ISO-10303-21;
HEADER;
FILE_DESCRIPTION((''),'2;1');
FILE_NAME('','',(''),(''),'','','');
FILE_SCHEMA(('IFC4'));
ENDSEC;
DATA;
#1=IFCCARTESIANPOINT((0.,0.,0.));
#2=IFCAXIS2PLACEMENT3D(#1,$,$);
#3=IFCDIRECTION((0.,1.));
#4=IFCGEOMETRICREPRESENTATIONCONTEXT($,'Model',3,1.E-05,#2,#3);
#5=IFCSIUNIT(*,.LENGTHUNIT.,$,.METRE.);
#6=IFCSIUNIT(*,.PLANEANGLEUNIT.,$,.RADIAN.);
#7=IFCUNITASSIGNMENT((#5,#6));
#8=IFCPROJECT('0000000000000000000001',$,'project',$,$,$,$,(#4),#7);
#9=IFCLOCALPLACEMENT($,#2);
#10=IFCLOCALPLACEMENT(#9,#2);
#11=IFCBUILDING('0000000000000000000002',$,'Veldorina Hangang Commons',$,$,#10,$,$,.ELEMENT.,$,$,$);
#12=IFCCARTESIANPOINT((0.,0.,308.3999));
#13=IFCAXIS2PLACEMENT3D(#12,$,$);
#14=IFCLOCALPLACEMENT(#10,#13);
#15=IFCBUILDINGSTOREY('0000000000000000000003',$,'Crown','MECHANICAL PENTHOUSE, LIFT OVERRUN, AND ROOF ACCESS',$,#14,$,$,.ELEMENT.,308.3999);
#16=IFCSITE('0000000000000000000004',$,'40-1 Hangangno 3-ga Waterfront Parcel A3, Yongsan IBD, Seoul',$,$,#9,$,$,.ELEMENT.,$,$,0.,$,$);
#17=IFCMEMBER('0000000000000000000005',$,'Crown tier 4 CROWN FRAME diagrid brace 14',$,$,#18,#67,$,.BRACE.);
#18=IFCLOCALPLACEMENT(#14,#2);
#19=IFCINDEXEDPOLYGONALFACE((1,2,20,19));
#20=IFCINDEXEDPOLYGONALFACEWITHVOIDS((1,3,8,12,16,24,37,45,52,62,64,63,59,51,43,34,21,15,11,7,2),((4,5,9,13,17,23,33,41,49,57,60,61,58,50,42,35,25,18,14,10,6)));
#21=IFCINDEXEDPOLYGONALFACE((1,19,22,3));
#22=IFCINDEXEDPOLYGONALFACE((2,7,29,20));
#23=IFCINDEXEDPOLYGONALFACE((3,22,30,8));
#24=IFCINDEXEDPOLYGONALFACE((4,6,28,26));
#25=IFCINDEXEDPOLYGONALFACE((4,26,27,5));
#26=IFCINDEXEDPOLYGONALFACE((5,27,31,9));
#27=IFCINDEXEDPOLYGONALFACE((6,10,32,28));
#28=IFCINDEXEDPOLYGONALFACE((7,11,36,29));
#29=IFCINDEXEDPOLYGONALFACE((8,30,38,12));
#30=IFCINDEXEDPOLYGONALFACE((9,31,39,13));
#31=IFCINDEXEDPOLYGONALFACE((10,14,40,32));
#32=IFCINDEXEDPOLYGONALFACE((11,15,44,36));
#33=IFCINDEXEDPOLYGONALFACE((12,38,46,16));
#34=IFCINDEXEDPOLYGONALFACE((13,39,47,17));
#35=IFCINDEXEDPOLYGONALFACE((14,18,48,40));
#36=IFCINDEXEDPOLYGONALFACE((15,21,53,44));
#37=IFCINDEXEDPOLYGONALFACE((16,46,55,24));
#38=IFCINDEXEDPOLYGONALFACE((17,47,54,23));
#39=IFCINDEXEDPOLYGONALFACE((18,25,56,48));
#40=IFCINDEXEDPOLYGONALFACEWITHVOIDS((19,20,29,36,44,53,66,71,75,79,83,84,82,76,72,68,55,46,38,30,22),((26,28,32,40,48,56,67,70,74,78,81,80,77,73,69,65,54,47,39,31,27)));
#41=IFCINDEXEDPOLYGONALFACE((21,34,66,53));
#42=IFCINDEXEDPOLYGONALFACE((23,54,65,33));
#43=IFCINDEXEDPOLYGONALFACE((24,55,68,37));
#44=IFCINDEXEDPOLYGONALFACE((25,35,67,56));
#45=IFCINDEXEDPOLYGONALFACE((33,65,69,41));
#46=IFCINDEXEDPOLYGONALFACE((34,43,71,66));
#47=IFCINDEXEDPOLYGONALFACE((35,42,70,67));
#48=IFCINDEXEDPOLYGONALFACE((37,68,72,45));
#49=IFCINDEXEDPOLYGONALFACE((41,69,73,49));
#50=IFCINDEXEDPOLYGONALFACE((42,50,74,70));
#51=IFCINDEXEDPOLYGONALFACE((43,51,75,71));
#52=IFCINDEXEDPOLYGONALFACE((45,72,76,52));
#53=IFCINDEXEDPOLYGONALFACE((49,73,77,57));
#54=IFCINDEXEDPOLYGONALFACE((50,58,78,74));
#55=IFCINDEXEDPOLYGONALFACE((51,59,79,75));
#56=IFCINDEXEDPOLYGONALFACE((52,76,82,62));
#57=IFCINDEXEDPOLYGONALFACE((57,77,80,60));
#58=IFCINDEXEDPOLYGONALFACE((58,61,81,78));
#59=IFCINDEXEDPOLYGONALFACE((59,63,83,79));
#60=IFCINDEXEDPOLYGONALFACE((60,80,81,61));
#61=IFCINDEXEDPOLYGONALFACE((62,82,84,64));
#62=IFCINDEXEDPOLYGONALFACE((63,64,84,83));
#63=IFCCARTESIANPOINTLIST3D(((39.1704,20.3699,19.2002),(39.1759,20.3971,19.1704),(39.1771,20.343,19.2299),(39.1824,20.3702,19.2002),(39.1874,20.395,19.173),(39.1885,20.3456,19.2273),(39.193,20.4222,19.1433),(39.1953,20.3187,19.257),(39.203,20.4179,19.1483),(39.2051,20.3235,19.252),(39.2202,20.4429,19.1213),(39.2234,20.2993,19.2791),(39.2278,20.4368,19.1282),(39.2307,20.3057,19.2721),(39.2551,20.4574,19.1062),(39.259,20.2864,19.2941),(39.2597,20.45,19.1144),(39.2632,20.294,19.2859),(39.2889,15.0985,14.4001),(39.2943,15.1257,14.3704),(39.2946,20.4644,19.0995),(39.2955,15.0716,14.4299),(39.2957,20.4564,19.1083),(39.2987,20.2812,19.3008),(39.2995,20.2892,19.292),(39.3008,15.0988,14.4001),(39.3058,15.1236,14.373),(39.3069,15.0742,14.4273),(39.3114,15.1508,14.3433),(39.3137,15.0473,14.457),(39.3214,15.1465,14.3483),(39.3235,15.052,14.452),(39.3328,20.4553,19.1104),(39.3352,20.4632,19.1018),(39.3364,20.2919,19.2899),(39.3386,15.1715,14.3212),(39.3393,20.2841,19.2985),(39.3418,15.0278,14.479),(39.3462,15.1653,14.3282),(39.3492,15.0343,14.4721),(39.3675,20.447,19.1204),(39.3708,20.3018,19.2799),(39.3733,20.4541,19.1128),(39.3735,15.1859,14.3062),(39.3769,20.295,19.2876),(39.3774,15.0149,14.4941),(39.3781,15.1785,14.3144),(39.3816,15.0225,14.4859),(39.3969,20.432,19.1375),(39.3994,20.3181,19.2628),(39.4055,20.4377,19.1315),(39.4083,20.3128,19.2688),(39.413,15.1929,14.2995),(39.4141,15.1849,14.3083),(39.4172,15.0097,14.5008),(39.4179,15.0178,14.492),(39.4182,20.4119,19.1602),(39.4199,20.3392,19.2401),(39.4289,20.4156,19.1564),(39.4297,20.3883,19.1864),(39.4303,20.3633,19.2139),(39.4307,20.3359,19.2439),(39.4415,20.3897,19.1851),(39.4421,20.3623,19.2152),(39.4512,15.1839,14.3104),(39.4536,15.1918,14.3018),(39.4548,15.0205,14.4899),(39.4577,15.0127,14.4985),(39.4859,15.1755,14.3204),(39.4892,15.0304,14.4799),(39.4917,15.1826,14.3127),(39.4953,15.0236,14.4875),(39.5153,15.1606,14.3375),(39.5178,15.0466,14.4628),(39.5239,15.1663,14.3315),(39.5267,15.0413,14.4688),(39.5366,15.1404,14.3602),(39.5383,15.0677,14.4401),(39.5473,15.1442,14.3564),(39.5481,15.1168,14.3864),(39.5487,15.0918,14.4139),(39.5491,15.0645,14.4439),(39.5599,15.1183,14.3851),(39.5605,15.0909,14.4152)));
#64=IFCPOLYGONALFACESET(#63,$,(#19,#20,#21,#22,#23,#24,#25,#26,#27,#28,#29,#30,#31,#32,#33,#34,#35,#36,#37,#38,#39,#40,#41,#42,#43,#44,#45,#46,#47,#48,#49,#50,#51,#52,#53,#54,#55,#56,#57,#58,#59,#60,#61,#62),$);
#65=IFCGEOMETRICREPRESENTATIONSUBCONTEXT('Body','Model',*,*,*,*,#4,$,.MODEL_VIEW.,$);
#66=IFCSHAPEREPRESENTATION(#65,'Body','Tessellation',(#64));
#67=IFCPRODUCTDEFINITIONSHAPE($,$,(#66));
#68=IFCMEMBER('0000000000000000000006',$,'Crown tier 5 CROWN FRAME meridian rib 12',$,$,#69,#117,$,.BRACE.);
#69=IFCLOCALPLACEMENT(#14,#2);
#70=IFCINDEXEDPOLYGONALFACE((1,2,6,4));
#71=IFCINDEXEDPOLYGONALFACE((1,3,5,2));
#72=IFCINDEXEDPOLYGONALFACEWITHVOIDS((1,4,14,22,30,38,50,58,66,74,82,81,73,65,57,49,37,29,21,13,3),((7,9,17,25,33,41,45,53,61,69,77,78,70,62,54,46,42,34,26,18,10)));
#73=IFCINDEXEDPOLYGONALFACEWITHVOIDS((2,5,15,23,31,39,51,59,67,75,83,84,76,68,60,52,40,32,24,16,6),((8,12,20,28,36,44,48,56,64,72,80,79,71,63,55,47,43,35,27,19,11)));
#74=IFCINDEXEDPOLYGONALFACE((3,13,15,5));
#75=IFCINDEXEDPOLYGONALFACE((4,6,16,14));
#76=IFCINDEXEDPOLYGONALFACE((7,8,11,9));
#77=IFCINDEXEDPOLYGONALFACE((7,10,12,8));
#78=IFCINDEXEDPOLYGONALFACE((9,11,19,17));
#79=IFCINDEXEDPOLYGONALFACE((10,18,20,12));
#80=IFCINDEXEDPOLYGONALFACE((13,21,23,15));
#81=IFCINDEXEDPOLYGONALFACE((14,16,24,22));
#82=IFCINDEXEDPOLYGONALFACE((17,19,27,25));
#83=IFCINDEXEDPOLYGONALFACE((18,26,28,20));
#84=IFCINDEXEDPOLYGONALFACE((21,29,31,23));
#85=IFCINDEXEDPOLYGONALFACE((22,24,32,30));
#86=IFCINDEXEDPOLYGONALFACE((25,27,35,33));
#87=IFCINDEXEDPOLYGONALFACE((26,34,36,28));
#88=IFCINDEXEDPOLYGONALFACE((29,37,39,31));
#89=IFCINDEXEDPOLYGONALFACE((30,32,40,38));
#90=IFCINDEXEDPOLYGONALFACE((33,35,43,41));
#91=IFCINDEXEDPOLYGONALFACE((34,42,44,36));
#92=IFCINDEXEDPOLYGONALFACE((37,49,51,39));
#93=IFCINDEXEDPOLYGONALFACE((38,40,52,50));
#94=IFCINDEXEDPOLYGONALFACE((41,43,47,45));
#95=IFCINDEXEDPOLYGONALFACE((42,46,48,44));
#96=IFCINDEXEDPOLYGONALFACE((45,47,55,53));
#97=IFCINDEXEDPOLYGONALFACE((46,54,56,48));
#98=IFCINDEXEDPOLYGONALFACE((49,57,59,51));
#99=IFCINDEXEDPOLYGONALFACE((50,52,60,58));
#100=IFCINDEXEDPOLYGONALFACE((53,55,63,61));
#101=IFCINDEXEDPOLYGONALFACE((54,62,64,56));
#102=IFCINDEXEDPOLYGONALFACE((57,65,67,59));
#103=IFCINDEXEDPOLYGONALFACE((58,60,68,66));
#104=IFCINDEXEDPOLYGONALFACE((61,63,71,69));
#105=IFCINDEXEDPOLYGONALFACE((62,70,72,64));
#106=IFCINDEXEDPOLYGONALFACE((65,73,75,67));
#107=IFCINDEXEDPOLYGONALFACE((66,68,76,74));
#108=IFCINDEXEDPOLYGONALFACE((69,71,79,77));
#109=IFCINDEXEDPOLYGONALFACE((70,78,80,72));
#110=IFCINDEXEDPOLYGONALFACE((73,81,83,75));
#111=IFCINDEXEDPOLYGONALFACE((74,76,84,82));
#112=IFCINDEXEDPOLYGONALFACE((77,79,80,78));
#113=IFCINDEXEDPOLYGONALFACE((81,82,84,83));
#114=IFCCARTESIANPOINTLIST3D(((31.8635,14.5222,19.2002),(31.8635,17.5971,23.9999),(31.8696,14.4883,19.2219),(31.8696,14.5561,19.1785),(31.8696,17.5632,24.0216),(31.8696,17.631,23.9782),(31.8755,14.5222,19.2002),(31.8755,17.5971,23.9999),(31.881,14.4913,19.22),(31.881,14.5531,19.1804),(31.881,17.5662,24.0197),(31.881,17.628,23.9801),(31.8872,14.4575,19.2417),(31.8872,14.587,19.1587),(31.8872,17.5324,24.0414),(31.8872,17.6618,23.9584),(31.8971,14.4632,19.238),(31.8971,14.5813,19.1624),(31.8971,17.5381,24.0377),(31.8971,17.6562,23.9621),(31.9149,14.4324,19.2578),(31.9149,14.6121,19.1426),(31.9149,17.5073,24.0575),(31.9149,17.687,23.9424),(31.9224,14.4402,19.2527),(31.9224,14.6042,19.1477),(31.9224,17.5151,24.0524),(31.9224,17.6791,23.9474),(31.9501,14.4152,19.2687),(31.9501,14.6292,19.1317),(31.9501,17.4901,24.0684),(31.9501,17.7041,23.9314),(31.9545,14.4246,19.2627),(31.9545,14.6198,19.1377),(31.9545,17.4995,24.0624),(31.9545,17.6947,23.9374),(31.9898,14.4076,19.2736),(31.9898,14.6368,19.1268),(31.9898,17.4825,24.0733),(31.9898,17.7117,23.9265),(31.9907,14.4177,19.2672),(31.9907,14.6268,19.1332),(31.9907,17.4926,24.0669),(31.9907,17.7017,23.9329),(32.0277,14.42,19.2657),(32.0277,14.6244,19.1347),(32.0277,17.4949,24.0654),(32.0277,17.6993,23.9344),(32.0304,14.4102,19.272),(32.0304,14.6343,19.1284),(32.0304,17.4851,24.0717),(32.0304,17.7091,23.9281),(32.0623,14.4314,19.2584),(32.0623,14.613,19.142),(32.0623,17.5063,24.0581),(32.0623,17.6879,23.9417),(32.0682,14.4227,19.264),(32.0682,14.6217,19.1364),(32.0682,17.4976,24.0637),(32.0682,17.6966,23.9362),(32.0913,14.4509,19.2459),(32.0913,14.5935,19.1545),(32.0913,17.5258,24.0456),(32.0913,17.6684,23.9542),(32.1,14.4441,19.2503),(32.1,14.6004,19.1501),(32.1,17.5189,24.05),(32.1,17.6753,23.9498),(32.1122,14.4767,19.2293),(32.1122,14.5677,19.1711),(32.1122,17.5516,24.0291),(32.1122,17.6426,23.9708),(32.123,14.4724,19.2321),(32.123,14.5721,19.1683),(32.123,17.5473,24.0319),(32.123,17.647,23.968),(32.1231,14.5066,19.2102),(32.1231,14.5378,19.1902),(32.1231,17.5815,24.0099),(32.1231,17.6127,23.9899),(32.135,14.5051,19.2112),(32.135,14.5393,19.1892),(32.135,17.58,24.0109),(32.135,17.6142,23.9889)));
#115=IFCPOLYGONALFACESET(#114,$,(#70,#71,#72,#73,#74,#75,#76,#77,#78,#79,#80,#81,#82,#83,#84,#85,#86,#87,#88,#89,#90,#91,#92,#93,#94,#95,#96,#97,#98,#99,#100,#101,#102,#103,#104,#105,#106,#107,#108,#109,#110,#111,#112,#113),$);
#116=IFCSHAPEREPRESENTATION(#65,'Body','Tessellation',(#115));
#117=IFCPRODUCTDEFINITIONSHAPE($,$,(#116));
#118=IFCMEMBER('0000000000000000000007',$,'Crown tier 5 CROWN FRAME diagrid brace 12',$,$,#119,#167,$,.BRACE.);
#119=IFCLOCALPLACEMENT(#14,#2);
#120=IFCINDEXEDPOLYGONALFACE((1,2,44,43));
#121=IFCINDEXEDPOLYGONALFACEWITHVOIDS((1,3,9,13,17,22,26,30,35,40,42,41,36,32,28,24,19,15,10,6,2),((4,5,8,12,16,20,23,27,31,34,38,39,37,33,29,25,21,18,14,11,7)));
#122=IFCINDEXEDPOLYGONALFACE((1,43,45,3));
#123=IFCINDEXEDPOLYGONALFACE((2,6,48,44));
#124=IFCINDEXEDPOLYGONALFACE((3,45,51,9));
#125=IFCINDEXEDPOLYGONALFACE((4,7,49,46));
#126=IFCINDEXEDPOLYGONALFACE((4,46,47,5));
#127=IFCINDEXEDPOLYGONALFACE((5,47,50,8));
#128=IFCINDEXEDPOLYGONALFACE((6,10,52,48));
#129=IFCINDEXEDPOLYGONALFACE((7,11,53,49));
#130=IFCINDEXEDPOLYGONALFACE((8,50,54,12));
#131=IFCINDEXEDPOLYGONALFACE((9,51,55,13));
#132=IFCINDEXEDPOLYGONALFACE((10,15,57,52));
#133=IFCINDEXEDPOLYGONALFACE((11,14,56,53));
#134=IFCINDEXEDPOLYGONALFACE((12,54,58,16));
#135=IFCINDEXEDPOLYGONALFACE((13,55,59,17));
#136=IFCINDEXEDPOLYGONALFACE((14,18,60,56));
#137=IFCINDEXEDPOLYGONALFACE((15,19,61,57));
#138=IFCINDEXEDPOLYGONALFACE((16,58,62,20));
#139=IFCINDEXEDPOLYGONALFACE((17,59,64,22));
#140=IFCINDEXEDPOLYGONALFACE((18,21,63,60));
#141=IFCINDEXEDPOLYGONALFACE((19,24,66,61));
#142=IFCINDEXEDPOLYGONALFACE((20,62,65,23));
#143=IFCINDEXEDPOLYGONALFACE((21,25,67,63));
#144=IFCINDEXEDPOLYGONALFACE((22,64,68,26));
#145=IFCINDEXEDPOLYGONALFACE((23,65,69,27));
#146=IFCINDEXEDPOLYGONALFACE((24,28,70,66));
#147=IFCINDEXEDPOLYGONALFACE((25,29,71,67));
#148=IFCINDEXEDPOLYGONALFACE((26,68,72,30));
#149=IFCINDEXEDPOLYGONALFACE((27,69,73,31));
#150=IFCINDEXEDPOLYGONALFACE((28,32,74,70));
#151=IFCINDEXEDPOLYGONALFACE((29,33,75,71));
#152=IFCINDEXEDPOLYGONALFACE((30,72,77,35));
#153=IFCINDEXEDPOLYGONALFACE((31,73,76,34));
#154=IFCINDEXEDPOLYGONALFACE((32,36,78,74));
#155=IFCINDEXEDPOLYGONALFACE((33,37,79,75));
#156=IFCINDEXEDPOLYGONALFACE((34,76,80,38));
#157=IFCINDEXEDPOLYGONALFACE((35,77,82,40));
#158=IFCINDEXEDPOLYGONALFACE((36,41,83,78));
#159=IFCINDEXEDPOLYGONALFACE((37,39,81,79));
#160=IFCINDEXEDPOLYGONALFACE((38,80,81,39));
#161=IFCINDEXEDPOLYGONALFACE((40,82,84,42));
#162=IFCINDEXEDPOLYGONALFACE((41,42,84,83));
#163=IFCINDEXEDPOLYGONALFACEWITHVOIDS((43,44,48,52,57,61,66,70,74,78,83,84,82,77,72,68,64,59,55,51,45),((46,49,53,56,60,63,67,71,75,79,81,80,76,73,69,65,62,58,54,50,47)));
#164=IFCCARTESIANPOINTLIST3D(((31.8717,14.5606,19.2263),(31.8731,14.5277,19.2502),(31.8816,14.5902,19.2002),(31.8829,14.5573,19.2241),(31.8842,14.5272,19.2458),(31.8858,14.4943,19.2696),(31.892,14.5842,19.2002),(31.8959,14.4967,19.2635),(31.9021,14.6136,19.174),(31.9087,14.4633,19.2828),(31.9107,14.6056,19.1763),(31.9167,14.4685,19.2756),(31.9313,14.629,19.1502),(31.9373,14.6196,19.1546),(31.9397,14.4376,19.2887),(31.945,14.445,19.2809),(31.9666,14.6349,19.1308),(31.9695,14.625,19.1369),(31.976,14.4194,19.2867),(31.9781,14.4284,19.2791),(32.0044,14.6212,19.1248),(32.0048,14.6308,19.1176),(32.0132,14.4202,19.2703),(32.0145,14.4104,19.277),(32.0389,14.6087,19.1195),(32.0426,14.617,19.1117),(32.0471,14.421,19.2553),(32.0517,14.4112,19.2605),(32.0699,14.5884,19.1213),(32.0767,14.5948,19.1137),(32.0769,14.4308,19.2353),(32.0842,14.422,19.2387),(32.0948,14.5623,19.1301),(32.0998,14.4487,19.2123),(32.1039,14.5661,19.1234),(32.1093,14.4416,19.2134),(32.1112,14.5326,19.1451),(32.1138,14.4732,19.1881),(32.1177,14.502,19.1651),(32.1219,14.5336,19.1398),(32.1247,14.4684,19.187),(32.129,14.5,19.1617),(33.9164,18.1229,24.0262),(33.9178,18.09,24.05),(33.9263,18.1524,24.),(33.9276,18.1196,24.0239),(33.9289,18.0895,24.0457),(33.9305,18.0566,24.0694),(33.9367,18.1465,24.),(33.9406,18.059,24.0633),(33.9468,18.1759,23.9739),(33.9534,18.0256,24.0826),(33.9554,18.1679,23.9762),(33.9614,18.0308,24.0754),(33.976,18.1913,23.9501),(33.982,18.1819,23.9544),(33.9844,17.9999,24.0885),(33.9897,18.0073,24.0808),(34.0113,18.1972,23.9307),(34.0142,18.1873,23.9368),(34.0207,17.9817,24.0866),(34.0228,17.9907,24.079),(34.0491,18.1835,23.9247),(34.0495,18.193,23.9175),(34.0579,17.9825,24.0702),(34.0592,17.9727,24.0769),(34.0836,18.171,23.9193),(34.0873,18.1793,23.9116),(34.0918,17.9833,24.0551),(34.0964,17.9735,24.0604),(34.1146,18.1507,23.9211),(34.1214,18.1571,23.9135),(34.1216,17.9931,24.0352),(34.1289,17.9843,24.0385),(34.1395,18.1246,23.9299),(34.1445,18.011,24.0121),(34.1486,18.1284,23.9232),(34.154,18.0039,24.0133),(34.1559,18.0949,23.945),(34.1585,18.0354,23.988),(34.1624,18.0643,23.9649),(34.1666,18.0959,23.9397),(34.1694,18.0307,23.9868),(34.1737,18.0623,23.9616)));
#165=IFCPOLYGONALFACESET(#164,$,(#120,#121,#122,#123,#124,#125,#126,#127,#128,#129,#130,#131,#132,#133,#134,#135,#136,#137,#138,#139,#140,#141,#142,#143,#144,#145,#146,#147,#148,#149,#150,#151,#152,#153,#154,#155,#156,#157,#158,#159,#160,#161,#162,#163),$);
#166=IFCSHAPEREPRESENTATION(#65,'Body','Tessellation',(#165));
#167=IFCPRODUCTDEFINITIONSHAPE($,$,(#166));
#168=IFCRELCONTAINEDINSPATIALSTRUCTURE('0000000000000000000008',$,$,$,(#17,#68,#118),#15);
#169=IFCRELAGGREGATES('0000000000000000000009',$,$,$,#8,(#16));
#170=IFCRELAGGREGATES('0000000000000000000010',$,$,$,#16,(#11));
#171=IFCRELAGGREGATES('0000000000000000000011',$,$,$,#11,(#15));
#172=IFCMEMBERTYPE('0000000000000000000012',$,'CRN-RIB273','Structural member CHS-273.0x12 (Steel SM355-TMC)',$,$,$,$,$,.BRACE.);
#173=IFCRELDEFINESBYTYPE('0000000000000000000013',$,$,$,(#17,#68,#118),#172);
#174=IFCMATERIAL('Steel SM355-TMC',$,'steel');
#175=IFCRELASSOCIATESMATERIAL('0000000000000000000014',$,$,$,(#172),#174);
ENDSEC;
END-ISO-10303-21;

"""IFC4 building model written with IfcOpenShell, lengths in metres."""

from ifc_helpers import new_model, si_unit, direction, frame, origin, origin_2d, place, context, subcontext, project, spatial, hollow_circle, extrude, material, material_profile, profile_set, type_object, element, save


model = new_model("IFC4")

# Units and contexts
model_context = context("Model", 3, precision=1e-05, world=origin(), true_north=direction((0.0, 1.0)))
body_context = subcontext(model_context, "Body", "Model", "MODEL_VIEW")
ifc_project = project(units=[si_unit("LENGTHUNIT", "METRE"), si_unit("PLANEANGLEUNIT", "RADIAN")], contexts=[model_context])

# Site, building, storey
site_placement = place(None, origin())
site = spatial("IfcSite", under=ifc_project, at=site_placement, Name="40-1 Hangangno 3-ga Waterfront Parcel A3, Yongsan IBD, Seoul", CompositionType="ELEMENT", RefElevation=0.0)
building_placement = place(site_placement, origin())
building = spatial("IfcBuilding", under=site, at=building_placement, Name="Veldorina Hangang Commons", CompositionType="ELEMENT")
storey_placement = place(building_placement, frame((0.0, 0.0, 308.3999)))
storey = spatial("IfcBuildingStorey", under=building, at=storey_placement, Name="Crown", Description="MECHANICAL PENTHOUSE, LIFT OVERRUN, AND ROOF ACCESS", CompositionType="ELEMENT", Elevation=308.3999)

# Members
ifc_material_1 = material(Name="Steel SM355-TMC", Category="steel")
ifc_material_profile_1 = material_profile(ifc_material_1, hollow_circle(Radius=0.1365, WallThickness=0.012, at=origin_2d()), Name="CHS-273.0x12")
ifc_profile_set_1 = profile_set([ifc_material_profile_1], Name="Steel SM355-TMC")
member_type_1 = type_object("IfcMemberType", Name="CRN-RIB273", Description="Structural member CHS-273.0x12 (Steel SM355-TMC)", PredefinedType="BRACE", material=ifc_profile_set_1)
member_1_placement = place(storey_placement, frame((39.4253, 15.1016, 14.4001), z_axis=(-0.016606, 0.739294, 0.673178), x_axis=(-0.999748, -0.022456, 0.0)))
element("IfcMember", 1, at=member_1_placement, inside=storey, type_object=member_type_1, Name="Crown tier 4 CROWN FRAME diagrid brace 14", PredefinedType="BRACE", context=body_context, shape_type="SweptSolid", body=[
    extrude(hollow_circle(Radius=0.1365, WallThickness=0.012, at=origin_2d()), origin(), (0.0, 0.0, 1.0), 7.1304),
])
member_2_placement = place(storey_placement, frame((32.0, 14.5222, 19.2002), z_axis=(0.0, 0.539436, 0.842026), x_axis=(-1.0, 0.0, 0.0)))
element("IfcMember", 2, at=member_2_placement, inside=storey, type_object=member_type_1, Name="Crown tier 5 CROWN FRAME meridian rib 12", PredefinedType="BRACE", context=body_context, shape_type="SweptSolid", body=[
    extrude(hollow_circle(Radius=0.1365, WallThickness=0.012, at=origin_2d()), origin(), (0.0, 0.0, 1.0), 5.7002),
])
member_3_placement = place(storey_placement, frame((32.0, 14.5222, 19.2002), z_axis=(0.323662, 0.563887, 0.759785), x_axis=(-0.867287, 0.497809, 0.0)))
element("IfcMember", 3, at=member_3_placement, inside=storey, type_object=member_type_1, Name="Crown tier 5 CROWN FRAME diagrid brace 12", PredefinedType="BRACE", context=body_context, shape_type="SweptSolid", body=[
    extrude(hollow_circle(Radius=0.1365, WallThickness=0.012, at=origin_2d()), origin(), (0.0, 0.0, 1.0), 6.3174),
])

save(model, "model.ifc")
